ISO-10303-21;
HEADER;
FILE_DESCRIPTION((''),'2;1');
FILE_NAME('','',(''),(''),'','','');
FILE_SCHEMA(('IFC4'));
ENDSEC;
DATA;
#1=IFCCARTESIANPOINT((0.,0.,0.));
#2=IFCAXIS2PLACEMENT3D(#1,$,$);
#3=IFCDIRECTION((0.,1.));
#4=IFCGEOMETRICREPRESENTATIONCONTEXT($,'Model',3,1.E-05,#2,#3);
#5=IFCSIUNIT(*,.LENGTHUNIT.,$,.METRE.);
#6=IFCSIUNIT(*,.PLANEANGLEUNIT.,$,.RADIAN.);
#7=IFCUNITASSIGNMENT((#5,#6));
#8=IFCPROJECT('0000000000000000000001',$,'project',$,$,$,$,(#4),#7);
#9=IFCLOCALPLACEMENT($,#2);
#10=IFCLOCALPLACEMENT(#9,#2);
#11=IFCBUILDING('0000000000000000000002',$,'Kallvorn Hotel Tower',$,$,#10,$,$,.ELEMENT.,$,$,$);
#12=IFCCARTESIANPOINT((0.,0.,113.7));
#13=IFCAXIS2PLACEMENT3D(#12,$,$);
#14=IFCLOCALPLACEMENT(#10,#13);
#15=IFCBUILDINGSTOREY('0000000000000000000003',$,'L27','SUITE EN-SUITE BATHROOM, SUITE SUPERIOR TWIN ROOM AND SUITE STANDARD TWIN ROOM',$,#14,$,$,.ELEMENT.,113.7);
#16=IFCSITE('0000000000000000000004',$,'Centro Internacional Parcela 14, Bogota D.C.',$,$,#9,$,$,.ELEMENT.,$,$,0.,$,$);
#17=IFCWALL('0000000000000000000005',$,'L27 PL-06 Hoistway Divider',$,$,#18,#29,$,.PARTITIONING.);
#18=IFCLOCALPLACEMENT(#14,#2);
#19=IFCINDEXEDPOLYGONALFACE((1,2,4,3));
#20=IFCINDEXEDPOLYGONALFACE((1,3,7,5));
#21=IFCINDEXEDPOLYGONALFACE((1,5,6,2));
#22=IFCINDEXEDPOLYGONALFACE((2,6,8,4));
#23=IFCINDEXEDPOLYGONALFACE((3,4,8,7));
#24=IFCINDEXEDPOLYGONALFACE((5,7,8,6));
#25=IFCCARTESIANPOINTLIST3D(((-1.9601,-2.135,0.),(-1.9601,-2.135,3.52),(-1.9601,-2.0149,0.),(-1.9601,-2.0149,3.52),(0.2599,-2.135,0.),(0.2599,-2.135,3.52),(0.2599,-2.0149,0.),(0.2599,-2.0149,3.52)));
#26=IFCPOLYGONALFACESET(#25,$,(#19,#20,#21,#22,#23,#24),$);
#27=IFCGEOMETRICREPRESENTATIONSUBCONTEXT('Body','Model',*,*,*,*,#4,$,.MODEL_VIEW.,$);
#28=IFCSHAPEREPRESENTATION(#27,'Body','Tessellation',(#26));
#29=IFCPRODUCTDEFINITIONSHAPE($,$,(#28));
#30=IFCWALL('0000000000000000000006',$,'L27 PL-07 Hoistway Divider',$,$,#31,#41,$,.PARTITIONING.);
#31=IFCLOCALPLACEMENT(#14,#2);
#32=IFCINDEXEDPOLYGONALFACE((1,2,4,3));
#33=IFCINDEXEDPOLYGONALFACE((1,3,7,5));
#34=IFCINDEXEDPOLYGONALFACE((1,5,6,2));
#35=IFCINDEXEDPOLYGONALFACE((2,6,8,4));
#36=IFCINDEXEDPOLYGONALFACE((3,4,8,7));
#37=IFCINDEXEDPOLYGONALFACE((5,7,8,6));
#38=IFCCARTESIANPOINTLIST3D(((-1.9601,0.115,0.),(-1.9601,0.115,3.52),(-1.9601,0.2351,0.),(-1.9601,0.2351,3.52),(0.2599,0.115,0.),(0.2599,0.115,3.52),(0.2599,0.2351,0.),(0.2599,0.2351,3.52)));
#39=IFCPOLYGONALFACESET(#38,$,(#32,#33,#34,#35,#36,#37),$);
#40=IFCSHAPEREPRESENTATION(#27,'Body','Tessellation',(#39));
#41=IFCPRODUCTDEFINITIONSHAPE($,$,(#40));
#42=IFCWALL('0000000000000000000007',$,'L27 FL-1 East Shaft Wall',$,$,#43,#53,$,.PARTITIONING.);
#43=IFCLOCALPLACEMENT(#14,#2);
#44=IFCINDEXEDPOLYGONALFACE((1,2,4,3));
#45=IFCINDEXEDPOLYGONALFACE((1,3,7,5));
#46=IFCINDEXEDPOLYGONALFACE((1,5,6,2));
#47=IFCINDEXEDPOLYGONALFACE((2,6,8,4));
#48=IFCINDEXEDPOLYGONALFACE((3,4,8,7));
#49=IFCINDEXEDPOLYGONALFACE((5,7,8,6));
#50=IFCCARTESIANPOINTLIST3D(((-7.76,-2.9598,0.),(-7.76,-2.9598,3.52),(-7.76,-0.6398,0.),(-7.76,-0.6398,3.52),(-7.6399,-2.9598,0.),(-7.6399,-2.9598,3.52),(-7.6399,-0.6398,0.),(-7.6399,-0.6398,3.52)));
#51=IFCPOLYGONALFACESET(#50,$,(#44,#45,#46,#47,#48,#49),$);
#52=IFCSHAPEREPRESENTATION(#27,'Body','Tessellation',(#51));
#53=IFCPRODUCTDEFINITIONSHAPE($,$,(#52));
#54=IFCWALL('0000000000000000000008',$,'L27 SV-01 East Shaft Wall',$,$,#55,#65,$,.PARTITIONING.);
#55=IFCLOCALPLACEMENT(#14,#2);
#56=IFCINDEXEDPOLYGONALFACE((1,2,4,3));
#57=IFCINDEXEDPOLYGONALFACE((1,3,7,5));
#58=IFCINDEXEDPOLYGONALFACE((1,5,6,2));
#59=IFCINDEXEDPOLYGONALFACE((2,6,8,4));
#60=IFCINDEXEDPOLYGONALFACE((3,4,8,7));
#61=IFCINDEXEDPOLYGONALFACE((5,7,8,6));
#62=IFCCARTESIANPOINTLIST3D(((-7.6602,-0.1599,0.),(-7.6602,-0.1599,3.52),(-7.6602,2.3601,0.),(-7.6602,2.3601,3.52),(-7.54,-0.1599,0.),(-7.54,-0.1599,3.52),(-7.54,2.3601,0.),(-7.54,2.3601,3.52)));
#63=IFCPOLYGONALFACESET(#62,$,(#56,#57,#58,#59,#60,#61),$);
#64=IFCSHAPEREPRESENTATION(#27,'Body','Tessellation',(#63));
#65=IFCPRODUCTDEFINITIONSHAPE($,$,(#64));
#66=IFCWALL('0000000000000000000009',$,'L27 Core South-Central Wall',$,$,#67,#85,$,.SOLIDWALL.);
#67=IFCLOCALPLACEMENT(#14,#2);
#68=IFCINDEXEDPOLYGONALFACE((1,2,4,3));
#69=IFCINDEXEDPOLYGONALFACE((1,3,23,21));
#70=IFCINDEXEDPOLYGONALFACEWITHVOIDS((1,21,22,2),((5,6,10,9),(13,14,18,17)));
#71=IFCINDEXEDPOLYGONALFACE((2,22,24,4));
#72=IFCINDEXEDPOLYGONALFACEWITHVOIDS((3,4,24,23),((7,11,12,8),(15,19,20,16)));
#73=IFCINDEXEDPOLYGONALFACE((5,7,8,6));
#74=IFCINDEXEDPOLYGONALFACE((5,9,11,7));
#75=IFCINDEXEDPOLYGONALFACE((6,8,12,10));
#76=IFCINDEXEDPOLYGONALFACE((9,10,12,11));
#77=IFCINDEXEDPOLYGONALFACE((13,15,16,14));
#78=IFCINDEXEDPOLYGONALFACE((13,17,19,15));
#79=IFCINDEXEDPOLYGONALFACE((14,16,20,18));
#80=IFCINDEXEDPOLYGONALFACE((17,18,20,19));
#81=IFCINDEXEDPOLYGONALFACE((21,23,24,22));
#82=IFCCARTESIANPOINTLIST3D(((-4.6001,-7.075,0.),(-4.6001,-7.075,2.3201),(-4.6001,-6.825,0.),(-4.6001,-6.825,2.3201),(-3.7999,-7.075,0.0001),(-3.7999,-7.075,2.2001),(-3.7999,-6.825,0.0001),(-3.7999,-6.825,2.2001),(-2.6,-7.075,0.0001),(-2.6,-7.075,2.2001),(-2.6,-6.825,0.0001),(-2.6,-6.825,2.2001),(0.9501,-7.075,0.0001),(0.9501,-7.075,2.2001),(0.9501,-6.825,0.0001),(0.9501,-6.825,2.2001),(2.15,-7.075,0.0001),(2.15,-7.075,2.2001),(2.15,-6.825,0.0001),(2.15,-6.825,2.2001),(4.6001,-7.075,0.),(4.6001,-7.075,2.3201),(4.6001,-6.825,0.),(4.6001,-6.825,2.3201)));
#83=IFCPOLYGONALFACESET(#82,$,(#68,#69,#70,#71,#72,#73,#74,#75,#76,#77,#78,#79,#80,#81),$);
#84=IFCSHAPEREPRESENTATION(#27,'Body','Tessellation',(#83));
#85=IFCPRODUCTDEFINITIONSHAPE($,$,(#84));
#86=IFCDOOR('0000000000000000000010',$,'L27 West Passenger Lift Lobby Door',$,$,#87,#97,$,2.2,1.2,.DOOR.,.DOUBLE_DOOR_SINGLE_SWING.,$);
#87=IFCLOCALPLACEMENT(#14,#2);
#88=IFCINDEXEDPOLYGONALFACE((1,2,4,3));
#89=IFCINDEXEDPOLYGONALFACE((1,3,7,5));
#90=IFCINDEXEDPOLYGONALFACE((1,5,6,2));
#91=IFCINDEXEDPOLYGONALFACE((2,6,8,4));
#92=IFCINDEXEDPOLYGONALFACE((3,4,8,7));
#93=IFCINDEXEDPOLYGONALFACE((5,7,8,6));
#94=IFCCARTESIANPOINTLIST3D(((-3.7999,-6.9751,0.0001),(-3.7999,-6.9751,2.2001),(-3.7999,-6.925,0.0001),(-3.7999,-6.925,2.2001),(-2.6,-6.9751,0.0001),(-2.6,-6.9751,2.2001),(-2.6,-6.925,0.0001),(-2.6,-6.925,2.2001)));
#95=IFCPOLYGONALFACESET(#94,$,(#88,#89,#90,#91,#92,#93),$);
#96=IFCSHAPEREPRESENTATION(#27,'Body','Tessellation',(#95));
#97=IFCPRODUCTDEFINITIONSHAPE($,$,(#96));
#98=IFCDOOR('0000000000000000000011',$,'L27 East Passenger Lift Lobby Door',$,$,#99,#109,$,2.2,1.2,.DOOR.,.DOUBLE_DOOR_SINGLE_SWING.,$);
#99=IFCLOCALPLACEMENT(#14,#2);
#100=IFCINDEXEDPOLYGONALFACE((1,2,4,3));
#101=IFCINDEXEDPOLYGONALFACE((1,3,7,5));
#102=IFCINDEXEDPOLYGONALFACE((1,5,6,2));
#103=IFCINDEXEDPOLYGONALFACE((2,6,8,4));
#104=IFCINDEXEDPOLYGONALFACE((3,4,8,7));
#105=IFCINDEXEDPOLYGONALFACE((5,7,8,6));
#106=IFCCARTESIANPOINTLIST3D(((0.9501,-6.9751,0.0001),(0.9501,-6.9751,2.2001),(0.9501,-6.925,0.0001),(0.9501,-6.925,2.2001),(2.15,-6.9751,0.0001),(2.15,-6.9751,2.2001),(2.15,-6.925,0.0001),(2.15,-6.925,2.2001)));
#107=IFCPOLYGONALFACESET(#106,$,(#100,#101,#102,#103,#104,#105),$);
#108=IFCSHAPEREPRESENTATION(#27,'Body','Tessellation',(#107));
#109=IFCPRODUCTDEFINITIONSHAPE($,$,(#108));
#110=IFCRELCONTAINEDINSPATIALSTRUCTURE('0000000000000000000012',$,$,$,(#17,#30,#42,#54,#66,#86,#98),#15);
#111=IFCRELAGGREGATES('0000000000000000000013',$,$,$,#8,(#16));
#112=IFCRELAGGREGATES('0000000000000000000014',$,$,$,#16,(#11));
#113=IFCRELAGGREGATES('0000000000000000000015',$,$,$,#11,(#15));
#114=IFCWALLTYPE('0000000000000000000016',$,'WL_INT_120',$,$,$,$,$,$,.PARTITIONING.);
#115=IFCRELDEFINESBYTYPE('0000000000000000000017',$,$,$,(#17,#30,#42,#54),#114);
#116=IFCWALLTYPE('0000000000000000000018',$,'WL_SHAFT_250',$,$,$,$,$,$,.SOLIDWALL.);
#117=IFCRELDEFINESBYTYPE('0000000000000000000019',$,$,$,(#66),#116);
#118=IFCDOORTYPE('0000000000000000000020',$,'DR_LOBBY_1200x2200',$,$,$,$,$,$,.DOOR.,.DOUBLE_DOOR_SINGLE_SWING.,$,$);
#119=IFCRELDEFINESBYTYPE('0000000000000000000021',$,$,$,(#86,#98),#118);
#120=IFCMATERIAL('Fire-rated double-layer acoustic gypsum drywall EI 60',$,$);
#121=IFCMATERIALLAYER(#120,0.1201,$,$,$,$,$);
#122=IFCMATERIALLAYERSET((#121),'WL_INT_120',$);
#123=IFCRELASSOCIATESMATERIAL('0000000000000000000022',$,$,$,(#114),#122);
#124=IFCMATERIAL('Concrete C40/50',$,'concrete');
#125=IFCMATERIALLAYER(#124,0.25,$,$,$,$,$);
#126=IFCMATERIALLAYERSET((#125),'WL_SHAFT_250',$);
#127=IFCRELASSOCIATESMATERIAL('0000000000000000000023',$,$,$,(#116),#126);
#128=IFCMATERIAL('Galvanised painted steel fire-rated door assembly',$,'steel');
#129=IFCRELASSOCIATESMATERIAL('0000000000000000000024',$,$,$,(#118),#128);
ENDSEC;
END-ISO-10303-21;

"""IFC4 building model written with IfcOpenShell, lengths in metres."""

from ifc_helpers import new_model, si_unit, direction, frame, frame_2d, origin, place, context, subcontext, project, spatial, rectangle, extrude, material, layer, layer_set, type_object, element, fill, save


model = new_model("IFC4")

# Units and contexts
model_context = context("Model", 3, precision=1e-05, world=origin(), true_north=direction((0.0, 1.0)))
body_context = subcontext(model_context, "Body", "Model", "MODEL_VIEW")
ifc_project = project(units=[si_unit("LENGTHUNIT", "METRE"), si_unit("PLANEANGLEUNIT", "RADIAN")], contexts=[model_context])

# Site, building, storey
site_placement = place(None, origin())
site = spatial("IfcSite", under=ifc_project, at=site_placement, Name="Centro Internacional Parcela 14, Bogota D.C.", CompositionType="ELEMENT", RefElevation=0.0)
building_placement = place(site_placement, origin())
building = spatial("IfcBuilding", under=site, at=building_placement, Name="Kallvorn Hotel Tower", CompositionType="ELEMENT")
storey_placement = place(building_placement, frame((0.0, 0.0, 113.7)))
storey = spatial("IfcBuildingStorey", under=building, at=storey_placement, Name="L27", Description="SUITE EN-SUITE BATHROOM, SUITE SUPERIOR TWIN ROOM AND SUITE STANDARD TWIN ROOM", CompositionType="ELEMENT", Elevation=113.7)

# Walls
ifc_material_1 = material(Name="Fire-rated double-layer acoustic gypsum drywall EI 60")
ifc_layer_1 = layer(ifc_material_1, 0.1201)
ifc_layer_set_1 = layer_set([ifc_layer_1], Name="WL_INT_120")
wall_type_1 = type_object("IfcWallType", Name="WL_INT_120", PredefinedType="PARTITIONING", material=ifc_layer_set_1)
for number, where, z_axis, x_axis, name in (
    (1, (-1.96, -2.075, 0.0), (0.0, 0.0, 1.0), (1.0, 0.0, 0.0), "L27 PL-06 Hoistway Divider"),
    (2, (-1.96, 0.175, 0.0), (0.0, 0.0, 1.0), (1.0, 0.0, 0.0), "L27 PL-07 Hoistway Divider"),
):
    element("IfcWall", number, at=place(storey_placement, frame(where, z_axis=z_axis, x_axis=x_axis)), inside=storey, type_object=wall_type_1, Name=name, PredefinedType="PARTITIONING", context=body_context, shape_type="SweptSolid", body=[
        extrude(rectangle(XDim=2.22, YDim=0.1201, at=frame_2d((1.1099, 0.0))), origin(), (0.0, 0.0, 1.0), 3.52),
    ])
wall_1_placement = place(storey_placement, frame((-7.7, -2.96, 0.0), z_axis=(0.0, 0.0, 1.0), x_axis=(0.0, 1.0, 0.0)))
element("IfcWall", 3, at=wall_1_placement, inside=storey, type_object=wall_type_1, Name="L27 FL-1 East Shaft Wall", PredefinedType="PARTITIONING", context=body_context, shape_type="SweptSolid", body=[
    extrude(rectangle(XDim=2.3201, YDim=0.1201, at=frame_2d((1.1602, 0.0))), origin(), (0.0, 0.0, 1.0), 3.52),
])
wall_2_placement = place(storey_placement, frame((-7.6001, -0.1599, 0.0), z_axis=(0.0, 0.0, 1.0), x_axis=(0.0, 1.0, 0.0)))
element("IfcWall", 4, at=wall_2_placement, inside=storey, type_object=wall_type_1, Name="L27 SV-01 East Shaft Wall", PredefinedType="PARTITIONING", context=body_context, shape_type="SweptSolid", body=[
    extrude(rectangle(XDim=2.52, YDim=0.1201, at=frame_2d((1.26, 0.0))), origin(), (0.0, 0.0, 1.0), 3.52),
])

# Wall, openings, doors
ifc_material_2 = material(Name="Concrete C40/50", Category="concrete")
ifc_layer_2 = layer(ifc_material_2, 0.25)
ifc_layer_set_2 = layer_set([ifc_layer_2], Name="WL_SHAFT_250")
wall_type_2 = type_object("IfcWallType", Name="WL_SHAFT_250", PredefinedType="SOLIDWALL", material=ifc_layer_set_2)
wall_3_placement = place(storey_placement, frame((-4.6001, -6.95, 0.0), z_axis=(0.0, 0.0, 1.0), x_axis=(1.0, 0.0, 0.0)))
wall_3 = element("IfcWall", 5, at=wall_3_placement, inside=storey, type_object=wall_type_2, Name="L27 Core South-Central Wall", PredefinedType="SOLIDWALL", context=body_context, shape_type="SweptSolid", body=[
    extrude(rectangle(XDim=9.2002, YDim=0.25, at=frame_2d((4.6001, 0.0))), origin(), (0.0, 0.0, 1.0), 2.3201),
])
opening_1_placement = place(wall_3_placement, frame((0.8, 0.0, 0.0)))
opening_1 = element("IfcOpeningElement", 6, at=opening_1_placement, cuts=wall_3, PredefinedType="OPENING", context=body_context, shape_type="SweptSolid", body=[
    extrude(rectangle(XDim=1.2, YDim=2.2, at=frame_2d((0.6001, 1.1001))), frame((0.0, 0.1399, 0.0), z_axis=(0.0, -1.0, 0.0), x_axis=(1.0, 0.0, 0.0)), (0.0, 0.0, 1.0), 0.28),
])
opening_2_placement = place(wall_3_placement, frame((5.55, 0.0, 0.0)))
opening_2 = element("IfcOpeningElement", 7, at=opening_2_placement, cuts=wall_3, PredefinedType="OPENING", context=body_context, shape_type="SweptSolid", body=[
    extrude(rectangle(XDim=1.2, YDim=2.2, at=frame_2d((0.6001, 1.1001))), frame((0.0, 0.1399, 0.0), z_axis=(0.0, -1.0, 0.0), x_axis=(1.0, 0.0, 0.0)), (0.0, 0.0, 1.0), 0.28),
])
ifc_material_3 = material(Name="Galvanised painted steel fire-rated door assembly", Category="steel")
door_type_1 = type_object("IfcDoorType", Name="DR_LOBBY_1200x2200", OperationType="DOUBLE_DOOR_SINGLE_SWING", PredefinedType="DOOR", material=ifc_material_3)
door_1_placement = place(opening_1_placement, origin())
door_1 = element("IfcDoor", 8, at=door_1_placement, inside=storey, type_object=door_type_1, Name="L27 West Passenger Lift Lobby Door", OperationType="DOUBLE_DOOR_SINGLE_SWING", OverallHeight=2.2, OverallWidth=1.2, PredefinedType="DOOR", context=body_context, shape_type="SweptSolid", body=[
    extrude(rectangle(XDim=1.2, YDim=2.2, at=frame_2d((0.6001, 1.1001))), frame((0.0, 0.0249, 0.0), z_axis=(0.0, -1.0, 0.0), x_axis=(1.0, 0.0, 0.0)), (0.0, 0.0, 1.0), 0.05),
])
fill(opening_1, door_1)
door_2_placement = place(opening_2_placement, origin())
door_2 = element("IfcDoor", 9, at=door_2_placement, inside=storey, type_object=door_type_1, Name="L27 East Passenger Lift Lobby Door", OperationType="DOUBLE_DOOR_SINGLE_SWING", OverallHeight=2.2, OverallWidth=1.2, PredefinedType="DOOR", context=body_context, shape_type="SweptSolid", body=[
    extrude(rectangle(XDim=1.2, YDim=2.2, at=frame_2d((0.6001, 1.1001))), frame((0.0, 0.0249, 0.0), z_axis=(0.0, -1.0, 0.0), x_axis=(1.0, 0.0, 0.0)), (0.0, 0.0, 1.0), 0.05),
])
fill(opening_2, door_2)

save(model, "model.ifc")
